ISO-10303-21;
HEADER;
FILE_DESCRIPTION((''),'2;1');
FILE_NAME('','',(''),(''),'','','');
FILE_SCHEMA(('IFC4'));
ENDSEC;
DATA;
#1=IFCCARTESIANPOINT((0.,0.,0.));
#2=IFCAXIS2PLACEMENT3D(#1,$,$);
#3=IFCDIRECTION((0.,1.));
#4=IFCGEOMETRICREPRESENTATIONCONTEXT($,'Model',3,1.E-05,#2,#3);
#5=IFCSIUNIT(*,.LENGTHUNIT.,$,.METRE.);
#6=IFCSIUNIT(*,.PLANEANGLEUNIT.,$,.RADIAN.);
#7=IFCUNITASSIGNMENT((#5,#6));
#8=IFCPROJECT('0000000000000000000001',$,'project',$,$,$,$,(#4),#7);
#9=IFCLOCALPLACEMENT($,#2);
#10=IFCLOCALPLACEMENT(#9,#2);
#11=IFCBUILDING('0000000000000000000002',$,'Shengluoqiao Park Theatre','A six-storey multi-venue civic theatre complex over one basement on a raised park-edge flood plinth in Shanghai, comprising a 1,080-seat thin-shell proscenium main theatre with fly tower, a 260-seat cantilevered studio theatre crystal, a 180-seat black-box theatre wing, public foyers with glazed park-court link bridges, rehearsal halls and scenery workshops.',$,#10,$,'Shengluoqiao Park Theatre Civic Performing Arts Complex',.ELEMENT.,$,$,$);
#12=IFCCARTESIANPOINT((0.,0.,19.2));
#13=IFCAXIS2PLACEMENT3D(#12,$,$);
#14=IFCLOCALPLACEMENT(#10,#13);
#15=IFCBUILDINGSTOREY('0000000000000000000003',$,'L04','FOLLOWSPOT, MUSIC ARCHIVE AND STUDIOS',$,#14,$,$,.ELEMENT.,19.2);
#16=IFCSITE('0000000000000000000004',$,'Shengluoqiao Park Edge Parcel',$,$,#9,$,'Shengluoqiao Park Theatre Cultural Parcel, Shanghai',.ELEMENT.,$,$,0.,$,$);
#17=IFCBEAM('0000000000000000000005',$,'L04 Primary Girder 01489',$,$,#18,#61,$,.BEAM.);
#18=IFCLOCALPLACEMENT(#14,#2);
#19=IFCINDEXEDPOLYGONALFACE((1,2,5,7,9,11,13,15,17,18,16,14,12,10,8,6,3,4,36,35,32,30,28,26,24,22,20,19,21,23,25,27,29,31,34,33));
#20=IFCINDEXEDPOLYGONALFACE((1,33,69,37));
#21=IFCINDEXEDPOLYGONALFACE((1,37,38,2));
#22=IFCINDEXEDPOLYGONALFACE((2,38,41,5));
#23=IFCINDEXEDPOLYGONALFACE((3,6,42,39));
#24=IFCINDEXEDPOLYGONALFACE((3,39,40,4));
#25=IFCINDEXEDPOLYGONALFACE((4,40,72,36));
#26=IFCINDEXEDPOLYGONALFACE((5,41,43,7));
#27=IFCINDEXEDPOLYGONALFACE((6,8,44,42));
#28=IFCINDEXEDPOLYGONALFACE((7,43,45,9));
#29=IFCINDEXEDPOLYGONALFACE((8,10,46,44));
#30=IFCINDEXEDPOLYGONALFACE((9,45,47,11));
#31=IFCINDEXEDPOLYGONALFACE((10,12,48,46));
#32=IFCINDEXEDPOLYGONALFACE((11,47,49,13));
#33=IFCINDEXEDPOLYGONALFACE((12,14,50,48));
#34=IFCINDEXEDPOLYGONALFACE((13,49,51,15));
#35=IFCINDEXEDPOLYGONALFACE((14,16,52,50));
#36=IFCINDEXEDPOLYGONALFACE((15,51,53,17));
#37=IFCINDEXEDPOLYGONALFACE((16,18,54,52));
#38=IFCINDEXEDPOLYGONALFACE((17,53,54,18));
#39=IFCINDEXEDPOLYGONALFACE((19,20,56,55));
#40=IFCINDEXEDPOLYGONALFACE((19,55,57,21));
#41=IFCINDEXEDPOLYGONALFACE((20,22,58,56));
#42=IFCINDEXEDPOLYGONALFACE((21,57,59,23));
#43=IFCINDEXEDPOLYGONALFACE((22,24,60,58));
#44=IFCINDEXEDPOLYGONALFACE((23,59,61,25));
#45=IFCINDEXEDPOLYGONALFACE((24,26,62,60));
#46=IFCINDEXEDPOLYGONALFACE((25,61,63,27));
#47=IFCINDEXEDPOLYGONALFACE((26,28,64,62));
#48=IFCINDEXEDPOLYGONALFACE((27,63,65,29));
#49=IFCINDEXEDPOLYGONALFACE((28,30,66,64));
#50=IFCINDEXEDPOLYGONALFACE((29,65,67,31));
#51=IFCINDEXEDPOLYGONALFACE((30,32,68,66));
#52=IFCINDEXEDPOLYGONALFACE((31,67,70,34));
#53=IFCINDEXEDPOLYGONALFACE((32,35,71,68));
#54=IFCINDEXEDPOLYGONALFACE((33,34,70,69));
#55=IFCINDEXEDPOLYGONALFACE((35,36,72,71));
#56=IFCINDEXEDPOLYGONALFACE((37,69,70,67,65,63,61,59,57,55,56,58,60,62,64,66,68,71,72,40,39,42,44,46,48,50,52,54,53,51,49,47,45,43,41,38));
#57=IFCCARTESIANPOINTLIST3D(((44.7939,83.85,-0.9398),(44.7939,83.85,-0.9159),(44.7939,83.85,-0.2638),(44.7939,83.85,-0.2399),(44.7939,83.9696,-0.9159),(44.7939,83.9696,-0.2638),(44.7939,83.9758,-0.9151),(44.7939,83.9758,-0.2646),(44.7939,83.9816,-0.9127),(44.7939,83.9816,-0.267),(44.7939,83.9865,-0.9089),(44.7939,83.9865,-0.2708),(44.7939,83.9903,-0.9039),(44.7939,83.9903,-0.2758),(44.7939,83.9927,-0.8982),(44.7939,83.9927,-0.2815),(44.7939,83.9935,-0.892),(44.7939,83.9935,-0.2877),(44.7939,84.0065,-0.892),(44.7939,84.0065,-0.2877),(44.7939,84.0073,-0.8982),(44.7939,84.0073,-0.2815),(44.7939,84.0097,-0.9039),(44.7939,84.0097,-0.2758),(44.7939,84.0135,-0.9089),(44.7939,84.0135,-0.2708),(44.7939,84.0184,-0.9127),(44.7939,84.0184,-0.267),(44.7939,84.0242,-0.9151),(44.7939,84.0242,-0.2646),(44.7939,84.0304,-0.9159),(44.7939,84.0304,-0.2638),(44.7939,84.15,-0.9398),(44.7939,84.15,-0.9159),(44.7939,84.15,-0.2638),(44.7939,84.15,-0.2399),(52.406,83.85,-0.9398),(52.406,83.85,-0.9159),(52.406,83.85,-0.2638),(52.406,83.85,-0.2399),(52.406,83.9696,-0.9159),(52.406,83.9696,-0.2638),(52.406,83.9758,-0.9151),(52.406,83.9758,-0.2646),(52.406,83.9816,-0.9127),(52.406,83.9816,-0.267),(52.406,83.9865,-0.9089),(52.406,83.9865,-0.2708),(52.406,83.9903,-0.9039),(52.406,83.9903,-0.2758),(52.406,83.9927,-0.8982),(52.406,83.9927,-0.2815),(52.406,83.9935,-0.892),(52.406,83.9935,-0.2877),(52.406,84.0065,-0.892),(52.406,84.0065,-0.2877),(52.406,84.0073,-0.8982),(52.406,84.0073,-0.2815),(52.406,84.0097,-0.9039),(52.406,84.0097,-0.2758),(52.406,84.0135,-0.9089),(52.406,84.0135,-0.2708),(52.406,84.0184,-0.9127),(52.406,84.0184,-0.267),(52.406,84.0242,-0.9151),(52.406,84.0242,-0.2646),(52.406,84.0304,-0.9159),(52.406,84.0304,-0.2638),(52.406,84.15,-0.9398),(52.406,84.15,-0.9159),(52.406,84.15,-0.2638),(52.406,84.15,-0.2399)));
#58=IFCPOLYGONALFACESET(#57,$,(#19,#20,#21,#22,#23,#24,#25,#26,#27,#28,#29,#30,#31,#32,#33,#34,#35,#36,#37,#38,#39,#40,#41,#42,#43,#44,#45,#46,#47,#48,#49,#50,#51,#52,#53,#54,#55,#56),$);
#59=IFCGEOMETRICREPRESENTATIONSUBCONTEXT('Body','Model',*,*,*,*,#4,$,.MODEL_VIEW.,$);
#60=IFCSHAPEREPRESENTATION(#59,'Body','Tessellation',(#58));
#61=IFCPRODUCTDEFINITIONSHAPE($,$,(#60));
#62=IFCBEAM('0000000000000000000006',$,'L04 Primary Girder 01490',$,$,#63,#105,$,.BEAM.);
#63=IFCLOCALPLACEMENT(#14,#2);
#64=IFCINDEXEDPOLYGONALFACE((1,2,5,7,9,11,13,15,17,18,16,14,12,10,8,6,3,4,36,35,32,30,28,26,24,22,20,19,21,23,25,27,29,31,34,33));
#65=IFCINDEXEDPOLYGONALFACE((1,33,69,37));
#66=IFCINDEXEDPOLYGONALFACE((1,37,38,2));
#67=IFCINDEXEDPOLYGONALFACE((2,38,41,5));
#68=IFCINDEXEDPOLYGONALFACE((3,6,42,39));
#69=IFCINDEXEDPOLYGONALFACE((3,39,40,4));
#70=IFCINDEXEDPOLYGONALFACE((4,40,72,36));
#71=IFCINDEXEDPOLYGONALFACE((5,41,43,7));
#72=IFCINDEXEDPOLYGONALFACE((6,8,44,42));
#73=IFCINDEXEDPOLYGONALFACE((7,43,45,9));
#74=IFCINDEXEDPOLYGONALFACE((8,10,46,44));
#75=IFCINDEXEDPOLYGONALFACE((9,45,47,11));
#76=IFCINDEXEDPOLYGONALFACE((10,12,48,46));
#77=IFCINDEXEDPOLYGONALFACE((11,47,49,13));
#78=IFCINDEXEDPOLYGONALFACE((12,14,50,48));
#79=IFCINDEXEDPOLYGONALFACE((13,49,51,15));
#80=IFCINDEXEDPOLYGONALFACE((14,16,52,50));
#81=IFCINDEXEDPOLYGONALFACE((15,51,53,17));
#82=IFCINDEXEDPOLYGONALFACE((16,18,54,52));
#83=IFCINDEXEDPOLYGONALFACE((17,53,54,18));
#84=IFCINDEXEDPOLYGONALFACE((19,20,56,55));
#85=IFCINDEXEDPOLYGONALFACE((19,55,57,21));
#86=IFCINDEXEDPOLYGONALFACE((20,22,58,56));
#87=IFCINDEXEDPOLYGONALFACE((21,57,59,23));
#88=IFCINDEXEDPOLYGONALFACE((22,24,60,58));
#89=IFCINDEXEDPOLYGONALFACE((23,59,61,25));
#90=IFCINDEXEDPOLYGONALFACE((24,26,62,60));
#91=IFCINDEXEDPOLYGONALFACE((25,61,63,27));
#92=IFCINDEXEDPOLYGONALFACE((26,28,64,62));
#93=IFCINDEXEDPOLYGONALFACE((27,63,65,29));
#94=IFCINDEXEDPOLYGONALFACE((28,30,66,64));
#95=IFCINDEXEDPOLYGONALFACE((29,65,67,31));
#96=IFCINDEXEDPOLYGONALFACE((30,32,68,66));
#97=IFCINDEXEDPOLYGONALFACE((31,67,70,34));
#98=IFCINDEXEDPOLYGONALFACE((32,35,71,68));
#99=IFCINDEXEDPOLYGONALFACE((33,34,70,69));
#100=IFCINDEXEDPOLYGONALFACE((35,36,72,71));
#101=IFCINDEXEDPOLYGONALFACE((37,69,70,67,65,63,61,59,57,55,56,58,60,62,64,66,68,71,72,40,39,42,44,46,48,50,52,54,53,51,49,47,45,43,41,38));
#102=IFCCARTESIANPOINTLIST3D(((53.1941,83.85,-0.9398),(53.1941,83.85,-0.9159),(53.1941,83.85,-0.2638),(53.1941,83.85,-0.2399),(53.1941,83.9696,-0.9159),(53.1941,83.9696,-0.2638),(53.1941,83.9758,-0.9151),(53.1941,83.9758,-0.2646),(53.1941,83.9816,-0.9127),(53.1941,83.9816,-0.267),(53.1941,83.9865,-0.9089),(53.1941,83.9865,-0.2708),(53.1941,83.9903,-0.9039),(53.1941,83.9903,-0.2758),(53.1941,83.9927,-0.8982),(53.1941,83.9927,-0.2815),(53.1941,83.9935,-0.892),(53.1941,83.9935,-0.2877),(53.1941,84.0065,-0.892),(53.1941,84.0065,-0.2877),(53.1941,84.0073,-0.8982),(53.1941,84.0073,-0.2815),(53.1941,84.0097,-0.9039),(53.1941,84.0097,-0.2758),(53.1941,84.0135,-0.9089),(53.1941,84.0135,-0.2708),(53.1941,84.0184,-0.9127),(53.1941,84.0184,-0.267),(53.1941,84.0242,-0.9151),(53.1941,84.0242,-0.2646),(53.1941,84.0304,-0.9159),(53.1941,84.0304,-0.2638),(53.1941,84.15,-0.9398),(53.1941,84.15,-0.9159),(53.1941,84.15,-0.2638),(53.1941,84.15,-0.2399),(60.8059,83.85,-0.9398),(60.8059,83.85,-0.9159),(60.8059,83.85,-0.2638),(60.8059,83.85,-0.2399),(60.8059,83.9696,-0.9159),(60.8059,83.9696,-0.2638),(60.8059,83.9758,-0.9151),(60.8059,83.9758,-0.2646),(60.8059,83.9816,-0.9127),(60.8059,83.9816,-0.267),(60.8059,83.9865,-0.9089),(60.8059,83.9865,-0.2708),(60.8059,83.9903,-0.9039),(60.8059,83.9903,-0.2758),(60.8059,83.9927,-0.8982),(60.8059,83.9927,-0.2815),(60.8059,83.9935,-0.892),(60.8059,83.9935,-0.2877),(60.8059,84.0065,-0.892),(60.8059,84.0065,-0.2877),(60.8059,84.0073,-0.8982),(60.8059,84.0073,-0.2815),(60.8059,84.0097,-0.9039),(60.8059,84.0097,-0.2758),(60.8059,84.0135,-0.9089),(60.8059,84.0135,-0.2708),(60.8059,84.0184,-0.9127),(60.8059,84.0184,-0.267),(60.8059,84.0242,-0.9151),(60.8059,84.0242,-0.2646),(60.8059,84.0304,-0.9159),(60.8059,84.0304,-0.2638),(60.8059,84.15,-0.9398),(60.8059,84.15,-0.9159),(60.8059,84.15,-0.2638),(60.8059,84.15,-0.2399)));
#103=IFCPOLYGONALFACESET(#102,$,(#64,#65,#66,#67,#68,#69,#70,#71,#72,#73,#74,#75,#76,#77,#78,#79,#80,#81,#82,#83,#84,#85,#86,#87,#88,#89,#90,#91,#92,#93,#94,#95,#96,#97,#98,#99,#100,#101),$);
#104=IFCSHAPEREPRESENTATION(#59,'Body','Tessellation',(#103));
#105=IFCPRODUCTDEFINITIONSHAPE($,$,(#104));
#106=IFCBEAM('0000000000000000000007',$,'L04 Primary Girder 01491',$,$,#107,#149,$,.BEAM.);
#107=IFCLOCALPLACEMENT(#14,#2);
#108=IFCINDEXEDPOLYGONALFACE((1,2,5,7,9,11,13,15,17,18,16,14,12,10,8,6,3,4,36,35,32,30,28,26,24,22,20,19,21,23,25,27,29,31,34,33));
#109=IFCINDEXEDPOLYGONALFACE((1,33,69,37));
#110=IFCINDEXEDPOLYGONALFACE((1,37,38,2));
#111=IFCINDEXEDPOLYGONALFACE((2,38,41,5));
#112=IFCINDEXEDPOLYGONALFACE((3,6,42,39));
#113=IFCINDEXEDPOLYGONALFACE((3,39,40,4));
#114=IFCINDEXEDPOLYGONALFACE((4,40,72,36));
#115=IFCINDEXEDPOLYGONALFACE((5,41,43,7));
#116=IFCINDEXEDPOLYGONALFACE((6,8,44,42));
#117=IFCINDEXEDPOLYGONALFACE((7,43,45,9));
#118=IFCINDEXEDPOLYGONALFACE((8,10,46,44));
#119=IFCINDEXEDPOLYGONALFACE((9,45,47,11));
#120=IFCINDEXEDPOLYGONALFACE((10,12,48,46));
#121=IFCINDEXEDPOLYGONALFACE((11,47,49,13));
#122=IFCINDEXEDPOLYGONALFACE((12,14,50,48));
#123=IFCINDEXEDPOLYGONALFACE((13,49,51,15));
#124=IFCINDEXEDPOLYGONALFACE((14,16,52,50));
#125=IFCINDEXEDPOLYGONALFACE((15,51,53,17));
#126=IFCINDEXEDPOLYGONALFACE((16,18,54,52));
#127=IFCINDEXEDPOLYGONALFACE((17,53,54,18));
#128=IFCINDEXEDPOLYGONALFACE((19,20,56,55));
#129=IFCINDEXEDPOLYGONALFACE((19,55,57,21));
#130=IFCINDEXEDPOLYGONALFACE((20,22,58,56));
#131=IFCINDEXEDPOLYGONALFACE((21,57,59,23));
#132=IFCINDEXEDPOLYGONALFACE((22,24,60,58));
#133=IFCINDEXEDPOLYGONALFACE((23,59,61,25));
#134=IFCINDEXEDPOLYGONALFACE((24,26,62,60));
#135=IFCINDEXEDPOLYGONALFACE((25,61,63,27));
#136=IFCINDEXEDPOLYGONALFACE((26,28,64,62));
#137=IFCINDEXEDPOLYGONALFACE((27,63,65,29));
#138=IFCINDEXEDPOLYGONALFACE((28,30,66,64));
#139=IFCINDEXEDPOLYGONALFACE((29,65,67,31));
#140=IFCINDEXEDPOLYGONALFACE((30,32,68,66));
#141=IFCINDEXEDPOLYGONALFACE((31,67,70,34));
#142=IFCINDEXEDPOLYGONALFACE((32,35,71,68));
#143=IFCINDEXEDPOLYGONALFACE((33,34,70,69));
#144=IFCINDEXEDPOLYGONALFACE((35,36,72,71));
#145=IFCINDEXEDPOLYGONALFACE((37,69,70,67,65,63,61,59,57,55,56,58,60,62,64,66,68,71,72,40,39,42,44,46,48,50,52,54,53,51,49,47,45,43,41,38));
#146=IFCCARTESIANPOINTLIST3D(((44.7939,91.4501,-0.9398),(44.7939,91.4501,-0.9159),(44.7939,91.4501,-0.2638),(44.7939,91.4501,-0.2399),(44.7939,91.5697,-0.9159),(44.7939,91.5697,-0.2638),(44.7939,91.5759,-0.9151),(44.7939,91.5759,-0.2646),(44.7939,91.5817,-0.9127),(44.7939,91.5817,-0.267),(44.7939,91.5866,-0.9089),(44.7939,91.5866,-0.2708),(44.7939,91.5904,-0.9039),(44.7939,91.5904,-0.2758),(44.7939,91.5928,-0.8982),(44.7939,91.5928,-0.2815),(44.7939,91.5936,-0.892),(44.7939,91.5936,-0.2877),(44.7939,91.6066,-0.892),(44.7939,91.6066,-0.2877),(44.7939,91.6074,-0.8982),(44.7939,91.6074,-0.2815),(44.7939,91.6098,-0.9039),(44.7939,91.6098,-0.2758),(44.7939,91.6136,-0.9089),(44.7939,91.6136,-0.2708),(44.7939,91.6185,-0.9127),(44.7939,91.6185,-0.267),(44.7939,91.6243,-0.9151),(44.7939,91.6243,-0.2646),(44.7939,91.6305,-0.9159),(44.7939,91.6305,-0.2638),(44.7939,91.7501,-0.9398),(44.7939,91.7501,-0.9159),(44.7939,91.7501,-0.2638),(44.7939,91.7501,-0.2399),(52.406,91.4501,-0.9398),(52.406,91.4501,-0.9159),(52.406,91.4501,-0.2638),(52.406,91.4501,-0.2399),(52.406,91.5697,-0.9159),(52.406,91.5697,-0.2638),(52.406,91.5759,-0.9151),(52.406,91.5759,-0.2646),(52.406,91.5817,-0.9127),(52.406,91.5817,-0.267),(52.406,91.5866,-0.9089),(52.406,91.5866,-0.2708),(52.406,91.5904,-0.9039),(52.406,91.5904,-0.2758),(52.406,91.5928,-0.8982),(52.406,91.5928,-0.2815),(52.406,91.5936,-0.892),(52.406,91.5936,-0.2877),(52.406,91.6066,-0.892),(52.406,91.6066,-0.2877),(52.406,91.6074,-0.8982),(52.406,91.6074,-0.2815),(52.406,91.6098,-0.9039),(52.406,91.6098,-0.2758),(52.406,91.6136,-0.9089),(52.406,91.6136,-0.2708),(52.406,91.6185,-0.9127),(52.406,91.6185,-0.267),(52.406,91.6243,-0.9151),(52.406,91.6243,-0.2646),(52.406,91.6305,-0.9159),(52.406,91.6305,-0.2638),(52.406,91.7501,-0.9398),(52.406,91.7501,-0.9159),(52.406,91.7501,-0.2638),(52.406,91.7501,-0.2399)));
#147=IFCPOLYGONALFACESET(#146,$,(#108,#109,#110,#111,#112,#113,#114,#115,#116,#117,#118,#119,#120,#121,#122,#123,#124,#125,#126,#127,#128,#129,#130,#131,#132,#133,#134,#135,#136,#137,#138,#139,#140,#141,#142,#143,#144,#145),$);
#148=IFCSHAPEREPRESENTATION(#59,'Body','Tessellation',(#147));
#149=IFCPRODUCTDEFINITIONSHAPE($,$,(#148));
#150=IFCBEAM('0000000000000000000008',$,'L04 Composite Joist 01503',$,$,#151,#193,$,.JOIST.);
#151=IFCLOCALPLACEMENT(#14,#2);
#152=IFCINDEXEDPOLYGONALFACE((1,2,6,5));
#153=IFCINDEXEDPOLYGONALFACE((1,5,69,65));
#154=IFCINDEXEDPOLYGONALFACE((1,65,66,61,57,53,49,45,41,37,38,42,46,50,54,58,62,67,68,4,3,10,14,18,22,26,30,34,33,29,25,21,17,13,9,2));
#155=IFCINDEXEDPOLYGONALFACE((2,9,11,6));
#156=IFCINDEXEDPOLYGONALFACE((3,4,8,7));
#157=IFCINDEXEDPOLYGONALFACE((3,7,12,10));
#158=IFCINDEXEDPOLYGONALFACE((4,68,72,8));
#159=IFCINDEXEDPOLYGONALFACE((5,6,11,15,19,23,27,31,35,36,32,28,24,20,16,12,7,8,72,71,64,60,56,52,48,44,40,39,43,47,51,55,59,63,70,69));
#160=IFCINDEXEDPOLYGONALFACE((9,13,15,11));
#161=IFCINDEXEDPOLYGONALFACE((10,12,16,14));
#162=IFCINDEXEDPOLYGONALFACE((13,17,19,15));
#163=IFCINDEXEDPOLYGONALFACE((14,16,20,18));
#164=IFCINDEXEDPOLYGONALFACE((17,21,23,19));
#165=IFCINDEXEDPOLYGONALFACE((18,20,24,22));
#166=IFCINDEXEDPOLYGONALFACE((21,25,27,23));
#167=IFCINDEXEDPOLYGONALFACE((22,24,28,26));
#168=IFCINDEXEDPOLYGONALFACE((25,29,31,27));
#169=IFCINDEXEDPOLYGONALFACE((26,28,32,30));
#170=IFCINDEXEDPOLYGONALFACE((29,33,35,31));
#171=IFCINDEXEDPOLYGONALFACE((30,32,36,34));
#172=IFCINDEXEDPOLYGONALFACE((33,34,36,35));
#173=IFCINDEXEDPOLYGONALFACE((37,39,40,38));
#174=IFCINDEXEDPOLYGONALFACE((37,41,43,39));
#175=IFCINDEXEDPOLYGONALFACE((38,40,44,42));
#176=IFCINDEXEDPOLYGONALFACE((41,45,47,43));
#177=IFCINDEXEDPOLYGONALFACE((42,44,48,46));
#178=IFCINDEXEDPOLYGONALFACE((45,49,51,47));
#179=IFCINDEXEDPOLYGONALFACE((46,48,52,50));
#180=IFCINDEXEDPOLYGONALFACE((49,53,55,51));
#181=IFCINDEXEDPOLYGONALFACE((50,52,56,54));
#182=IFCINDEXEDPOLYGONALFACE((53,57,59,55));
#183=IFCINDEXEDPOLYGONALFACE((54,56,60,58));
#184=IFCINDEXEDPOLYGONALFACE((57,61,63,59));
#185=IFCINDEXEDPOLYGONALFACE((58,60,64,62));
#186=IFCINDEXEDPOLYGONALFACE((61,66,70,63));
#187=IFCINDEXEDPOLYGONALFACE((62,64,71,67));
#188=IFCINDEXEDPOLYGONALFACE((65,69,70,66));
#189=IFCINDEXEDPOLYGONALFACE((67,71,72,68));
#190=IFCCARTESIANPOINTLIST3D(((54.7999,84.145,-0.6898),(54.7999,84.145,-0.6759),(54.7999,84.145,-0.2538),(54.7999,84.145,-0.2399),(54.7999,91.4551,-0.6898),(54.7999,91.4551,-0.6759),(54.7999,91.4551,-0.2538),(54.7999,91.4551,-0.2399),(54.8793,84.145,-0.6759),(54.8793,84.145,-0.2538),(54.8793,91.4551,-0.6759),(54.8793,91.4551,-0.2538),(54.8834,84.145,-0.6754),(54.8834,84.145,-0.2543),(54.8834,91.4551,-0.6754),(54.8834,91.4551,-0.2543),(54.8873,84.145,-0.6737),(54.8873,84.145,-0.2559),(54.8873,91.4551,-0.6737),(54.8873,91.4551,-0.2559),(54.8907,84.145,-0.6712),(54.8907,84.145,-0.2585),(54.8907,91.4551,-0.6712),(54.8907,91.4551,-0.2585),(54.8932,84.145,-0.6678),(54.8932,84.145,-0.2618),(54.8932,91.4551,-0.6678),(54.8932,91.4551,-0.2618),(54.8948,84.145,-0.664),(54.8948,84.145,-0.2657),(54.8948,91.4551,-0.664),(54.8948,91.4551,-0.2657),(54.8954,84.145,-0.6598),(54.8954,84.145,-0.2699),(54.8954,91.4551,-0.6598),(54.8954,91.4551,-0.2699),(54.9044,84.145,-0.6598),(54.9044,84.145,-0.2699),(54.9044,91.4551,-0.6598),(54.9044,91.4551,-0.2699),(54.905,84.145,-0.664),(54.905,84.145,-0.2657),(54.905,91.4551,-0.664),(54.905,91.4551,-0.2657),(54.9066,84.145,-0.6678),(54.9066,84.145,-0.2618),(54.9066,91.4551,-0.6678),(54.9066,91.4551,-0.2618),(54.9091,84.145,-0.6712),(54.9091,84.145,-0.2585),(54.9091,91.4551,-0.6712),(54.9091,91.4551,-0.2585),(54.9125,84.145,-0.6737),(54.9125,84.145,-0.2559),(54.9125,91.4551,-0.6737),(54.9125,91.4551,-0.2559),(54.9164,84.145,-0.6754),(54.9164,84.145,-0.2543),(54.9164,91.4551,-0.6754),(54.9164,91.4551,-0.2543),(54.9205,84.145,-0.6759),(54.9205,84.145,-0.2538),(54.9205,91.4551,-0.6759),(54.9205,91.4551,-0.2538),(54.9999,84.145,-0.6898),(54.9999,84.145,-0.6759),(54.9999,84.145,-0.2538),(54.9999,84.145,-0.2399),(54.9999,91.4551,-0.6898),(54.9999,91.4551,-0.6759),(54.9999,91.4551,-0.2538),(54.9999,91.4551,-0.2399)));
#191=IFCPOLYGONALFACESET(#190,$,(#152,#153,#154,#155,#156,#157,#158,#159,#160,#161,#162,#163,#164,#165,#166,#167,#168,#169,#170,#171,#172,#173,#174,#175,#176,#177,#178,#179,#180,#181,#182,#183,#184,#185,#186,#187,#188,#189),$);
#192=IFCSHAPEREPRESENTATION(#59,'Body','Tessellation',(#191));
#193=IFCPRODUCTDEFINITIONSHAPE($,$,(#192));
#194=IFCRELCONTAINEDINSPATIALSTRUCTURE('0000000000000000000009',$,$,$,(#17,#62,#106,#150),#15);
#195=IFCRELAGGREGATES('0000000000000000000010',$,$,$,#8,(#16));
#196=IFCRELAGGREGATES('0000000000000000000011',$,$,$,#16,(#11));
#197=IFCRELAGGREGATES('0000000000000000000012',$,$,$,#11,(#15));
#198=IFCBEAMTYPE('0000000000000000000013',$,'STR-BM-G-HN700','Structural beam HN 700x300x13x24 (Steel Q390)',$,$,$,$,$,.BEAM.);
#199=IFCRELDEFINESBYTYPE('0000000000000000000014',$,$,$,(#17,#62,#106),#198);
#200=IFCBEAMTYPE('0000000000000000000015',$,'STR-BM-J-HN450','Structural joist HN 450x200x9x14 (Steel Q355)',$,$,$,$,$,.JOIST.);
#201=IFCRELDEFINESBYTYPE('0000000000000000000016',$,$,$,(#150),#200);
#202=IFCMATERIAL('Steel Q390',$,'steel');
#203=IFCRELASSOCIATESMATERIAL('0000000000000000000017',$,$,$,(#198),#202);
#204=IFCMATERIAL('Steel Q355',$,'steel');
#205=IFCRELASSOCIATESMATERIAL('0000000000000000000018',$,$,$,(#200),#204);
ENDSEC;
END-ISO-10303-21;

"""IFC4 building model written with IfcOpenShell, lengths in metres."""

from ifc_helpers import new_model, si_unit, direction, frame, origin, origin_2d, place, context, subcontext, project, spatial, i_section, extrude, material, material_profile, profile_set, type_object, element, save


model = new_model("IFC4")

# Units and contexts
model_context = context("Model", 3, precision=1e-05, world=origin(), true_north=direction((0.0, 1.0)))
body_context = subcontext(model_context, "Body", "Model", "MODEL_VIEW")
ifc_project = project(units=[si_unit("LENGTHUNIT", "METRE"), si_unit("PLANEANGLEUNIT", "RADIAN")], contexts=[model_context])

# Site, building, storey
site_placement = place(None, origin())
site = spatial("IfcSite", under=ifc_project, at=site_placement, Name="Shengluoqiao Park Edge Parcel", LongName="Shengluoqiao Park Theatre Cultural Parcel, Shanghai", CompositionType="ELEMENT", RefElevation=0.0)
building_placement = place(site_placement, origin())
building = spatial("IfcBuilding", under=site, at=building_placement, Name="Shengluoqiao Park Theatre", Description="A six-storey multi-venue civic theatre complex over one basement on a raised park-edge flood plinth in Shanghai, comprising a 1,080-seat thin-shell proscenium main theatre with fly tower, a 260-seat cantilevered studio theatre crystal, a 180-seat black-box theatre wing, public foyers with glazed park-court link bridges, rehearsal halls and scenery workshops.", LongName="Shengluoqiao Park Theatre Civic Performing Arts Complex", CompositionType="ELEMENT")
storey_placement = place(building_placement, frame((0.0, 0.0, 19.2)))
storey = spatial("IfcBuildingStorey", under=building, at=storey_placement, Name="L04", Description="FOLLOWSPOT, MUSIC ARCHIVE AND STUDIOS", CompositionType="ELEMENT", Elevation=19.2)

# Beams
ifc_material_1 = material(Name="Steel Q355", Category="steel")
ifc_material_2 = material(Name="Steel Q390", Category="steel")
ifc_material_profile_1 = material_profile(ifc_material_2, i_section(OverallWidth=0.3, OverallDepth=0.7, WebThickness=0.0129, FlangeThickness=0.0239, FilletRadius=0.0239, at=origin_2d()), Name="HN 700x300x13x24")
ifc_profile_set_1 = profile_set([ifc_material_profile_1], Name="Steel Q390")
beam_type_1 = type_object("IfcBeamType", Name="STR-BM-G-HN700", Description="Structural beam HN 700x300x13x24 (Steel Q390)", PredefinedType="BEAM", material=ifc_profile_set_1)
beam_1_placement = place(storey_placement, frame((44.7939, 84.0, -0.5898), z_axis=(1.0, 0.0, 0.0), x_axis=(0.0, 1.0, 0.0)))
element("IfcBeam", 1, at=beam_1_placement, inside=storey, type_object=beam_type_1, Name="L04 Primary Girder 01489", PredefinedType="BEAM", context=body_context, shape_type="SweptSolid", body=[
    extrude(i_section(OverallWidth=0.3, OverallDepth=0.7, WebThickness=0.0129, FlangeThickness=0.0239, FilletRadius=0.0239, at=origin_2d()), origin(), (0.0, 0.0, 1.0), 7.6121),
])
beam_2_placement = place(storey_placement, frame((53.1941, 84.0, -0.5898), z_axis=(1.0, 0.0, 0.0), x_axis=(0.0, 1.0, 0.0)))
element("IfcBeam", 2, at=beam_2_placement, inside=storey, type_object=beam_type_1, Name="L04 Primary Girder 01490", PredefinedType="BEAM", context=body_context, shape_type="SweptSolid", body=[
    extrude(i_section(OverallWidth=0.3, OverallDepth=0.7, WebThickness=0.0129, FlangeThickness=0.0239, FilletRadius=0.0239, at=origin_2d()), origin(), (0.0, 0.0, 1.0), 7.6118),
])
beam_3_placement = place(storey_placement, frame((44.7939, 91.6001, -0.5898), z_axis=(1.0, 0.0, 0.0), x_axis=(0.0, 1.0, 0.0)))
element("IfcBeam", 3, at=beam_3_placement, inside=storey, type_object=beam_type_1, Name="L04 Primary Girder 01491", PredefinedType="BEAM", context=body_context, shape_type="SweptSolid", body=[
    extrude(i_section(OverallWidth=0.3, OverallDepth=0.7, WebThickness=0.0129, FlangeThickness=0.0239, FilletRadius=0.0239, at=origin_2d()), origin(), (0.0, 0.0, 1.0), 7.6121),
])
ifc_material_profile_2 = material_profile(ifc_material_1, i_section(OverallWidth=0.2, OverallDepth=0.45, WebThickness=0.009, FlangeThickness=0.0139, FilletRadius=0.0161, at=origin_2d()), Name="HN 450x200x9x14")
ifc_profile_set_2 = profile_set([ifc_material_profile_2], Name="Steel Q355")
beam_type_2 = type_object("IfcBeamType", Name="STR-BM-J-HN450", Description="Structural joist HN 450x200x9x14 (Steel Q355)", PredefinedType="JOIST", material=ifc_profile_set_2)
for number, where, z_axis, x_axis, name in (
    (4, (54.8999, 84.145, -0.4648), (0.0, 1.0, 0.0), (-1.0, 0.0, 0.0), "L04 Composite Joist 01503"),
):
    element("IfcBeam", number, at=place(storey_placement, frame(where, z_axis=z_axis, x_axis=x_axis)), inside=storey, type_object=beam_type_2, Name=name, PredefinedType="JOIST", context=body_context, shape_type="SweptSolid", body=[
        extrude(i_section(OverallWidth=0.2, OverallDepth=0.45, WebThickness=0.009, FlangeThickness=0.0139, FilletRadius=0.0161, at=origin_2d()), origin(), (0.0, 0.0, 1.0), 7.3101),
    ])

save(model, "model.ifc")
